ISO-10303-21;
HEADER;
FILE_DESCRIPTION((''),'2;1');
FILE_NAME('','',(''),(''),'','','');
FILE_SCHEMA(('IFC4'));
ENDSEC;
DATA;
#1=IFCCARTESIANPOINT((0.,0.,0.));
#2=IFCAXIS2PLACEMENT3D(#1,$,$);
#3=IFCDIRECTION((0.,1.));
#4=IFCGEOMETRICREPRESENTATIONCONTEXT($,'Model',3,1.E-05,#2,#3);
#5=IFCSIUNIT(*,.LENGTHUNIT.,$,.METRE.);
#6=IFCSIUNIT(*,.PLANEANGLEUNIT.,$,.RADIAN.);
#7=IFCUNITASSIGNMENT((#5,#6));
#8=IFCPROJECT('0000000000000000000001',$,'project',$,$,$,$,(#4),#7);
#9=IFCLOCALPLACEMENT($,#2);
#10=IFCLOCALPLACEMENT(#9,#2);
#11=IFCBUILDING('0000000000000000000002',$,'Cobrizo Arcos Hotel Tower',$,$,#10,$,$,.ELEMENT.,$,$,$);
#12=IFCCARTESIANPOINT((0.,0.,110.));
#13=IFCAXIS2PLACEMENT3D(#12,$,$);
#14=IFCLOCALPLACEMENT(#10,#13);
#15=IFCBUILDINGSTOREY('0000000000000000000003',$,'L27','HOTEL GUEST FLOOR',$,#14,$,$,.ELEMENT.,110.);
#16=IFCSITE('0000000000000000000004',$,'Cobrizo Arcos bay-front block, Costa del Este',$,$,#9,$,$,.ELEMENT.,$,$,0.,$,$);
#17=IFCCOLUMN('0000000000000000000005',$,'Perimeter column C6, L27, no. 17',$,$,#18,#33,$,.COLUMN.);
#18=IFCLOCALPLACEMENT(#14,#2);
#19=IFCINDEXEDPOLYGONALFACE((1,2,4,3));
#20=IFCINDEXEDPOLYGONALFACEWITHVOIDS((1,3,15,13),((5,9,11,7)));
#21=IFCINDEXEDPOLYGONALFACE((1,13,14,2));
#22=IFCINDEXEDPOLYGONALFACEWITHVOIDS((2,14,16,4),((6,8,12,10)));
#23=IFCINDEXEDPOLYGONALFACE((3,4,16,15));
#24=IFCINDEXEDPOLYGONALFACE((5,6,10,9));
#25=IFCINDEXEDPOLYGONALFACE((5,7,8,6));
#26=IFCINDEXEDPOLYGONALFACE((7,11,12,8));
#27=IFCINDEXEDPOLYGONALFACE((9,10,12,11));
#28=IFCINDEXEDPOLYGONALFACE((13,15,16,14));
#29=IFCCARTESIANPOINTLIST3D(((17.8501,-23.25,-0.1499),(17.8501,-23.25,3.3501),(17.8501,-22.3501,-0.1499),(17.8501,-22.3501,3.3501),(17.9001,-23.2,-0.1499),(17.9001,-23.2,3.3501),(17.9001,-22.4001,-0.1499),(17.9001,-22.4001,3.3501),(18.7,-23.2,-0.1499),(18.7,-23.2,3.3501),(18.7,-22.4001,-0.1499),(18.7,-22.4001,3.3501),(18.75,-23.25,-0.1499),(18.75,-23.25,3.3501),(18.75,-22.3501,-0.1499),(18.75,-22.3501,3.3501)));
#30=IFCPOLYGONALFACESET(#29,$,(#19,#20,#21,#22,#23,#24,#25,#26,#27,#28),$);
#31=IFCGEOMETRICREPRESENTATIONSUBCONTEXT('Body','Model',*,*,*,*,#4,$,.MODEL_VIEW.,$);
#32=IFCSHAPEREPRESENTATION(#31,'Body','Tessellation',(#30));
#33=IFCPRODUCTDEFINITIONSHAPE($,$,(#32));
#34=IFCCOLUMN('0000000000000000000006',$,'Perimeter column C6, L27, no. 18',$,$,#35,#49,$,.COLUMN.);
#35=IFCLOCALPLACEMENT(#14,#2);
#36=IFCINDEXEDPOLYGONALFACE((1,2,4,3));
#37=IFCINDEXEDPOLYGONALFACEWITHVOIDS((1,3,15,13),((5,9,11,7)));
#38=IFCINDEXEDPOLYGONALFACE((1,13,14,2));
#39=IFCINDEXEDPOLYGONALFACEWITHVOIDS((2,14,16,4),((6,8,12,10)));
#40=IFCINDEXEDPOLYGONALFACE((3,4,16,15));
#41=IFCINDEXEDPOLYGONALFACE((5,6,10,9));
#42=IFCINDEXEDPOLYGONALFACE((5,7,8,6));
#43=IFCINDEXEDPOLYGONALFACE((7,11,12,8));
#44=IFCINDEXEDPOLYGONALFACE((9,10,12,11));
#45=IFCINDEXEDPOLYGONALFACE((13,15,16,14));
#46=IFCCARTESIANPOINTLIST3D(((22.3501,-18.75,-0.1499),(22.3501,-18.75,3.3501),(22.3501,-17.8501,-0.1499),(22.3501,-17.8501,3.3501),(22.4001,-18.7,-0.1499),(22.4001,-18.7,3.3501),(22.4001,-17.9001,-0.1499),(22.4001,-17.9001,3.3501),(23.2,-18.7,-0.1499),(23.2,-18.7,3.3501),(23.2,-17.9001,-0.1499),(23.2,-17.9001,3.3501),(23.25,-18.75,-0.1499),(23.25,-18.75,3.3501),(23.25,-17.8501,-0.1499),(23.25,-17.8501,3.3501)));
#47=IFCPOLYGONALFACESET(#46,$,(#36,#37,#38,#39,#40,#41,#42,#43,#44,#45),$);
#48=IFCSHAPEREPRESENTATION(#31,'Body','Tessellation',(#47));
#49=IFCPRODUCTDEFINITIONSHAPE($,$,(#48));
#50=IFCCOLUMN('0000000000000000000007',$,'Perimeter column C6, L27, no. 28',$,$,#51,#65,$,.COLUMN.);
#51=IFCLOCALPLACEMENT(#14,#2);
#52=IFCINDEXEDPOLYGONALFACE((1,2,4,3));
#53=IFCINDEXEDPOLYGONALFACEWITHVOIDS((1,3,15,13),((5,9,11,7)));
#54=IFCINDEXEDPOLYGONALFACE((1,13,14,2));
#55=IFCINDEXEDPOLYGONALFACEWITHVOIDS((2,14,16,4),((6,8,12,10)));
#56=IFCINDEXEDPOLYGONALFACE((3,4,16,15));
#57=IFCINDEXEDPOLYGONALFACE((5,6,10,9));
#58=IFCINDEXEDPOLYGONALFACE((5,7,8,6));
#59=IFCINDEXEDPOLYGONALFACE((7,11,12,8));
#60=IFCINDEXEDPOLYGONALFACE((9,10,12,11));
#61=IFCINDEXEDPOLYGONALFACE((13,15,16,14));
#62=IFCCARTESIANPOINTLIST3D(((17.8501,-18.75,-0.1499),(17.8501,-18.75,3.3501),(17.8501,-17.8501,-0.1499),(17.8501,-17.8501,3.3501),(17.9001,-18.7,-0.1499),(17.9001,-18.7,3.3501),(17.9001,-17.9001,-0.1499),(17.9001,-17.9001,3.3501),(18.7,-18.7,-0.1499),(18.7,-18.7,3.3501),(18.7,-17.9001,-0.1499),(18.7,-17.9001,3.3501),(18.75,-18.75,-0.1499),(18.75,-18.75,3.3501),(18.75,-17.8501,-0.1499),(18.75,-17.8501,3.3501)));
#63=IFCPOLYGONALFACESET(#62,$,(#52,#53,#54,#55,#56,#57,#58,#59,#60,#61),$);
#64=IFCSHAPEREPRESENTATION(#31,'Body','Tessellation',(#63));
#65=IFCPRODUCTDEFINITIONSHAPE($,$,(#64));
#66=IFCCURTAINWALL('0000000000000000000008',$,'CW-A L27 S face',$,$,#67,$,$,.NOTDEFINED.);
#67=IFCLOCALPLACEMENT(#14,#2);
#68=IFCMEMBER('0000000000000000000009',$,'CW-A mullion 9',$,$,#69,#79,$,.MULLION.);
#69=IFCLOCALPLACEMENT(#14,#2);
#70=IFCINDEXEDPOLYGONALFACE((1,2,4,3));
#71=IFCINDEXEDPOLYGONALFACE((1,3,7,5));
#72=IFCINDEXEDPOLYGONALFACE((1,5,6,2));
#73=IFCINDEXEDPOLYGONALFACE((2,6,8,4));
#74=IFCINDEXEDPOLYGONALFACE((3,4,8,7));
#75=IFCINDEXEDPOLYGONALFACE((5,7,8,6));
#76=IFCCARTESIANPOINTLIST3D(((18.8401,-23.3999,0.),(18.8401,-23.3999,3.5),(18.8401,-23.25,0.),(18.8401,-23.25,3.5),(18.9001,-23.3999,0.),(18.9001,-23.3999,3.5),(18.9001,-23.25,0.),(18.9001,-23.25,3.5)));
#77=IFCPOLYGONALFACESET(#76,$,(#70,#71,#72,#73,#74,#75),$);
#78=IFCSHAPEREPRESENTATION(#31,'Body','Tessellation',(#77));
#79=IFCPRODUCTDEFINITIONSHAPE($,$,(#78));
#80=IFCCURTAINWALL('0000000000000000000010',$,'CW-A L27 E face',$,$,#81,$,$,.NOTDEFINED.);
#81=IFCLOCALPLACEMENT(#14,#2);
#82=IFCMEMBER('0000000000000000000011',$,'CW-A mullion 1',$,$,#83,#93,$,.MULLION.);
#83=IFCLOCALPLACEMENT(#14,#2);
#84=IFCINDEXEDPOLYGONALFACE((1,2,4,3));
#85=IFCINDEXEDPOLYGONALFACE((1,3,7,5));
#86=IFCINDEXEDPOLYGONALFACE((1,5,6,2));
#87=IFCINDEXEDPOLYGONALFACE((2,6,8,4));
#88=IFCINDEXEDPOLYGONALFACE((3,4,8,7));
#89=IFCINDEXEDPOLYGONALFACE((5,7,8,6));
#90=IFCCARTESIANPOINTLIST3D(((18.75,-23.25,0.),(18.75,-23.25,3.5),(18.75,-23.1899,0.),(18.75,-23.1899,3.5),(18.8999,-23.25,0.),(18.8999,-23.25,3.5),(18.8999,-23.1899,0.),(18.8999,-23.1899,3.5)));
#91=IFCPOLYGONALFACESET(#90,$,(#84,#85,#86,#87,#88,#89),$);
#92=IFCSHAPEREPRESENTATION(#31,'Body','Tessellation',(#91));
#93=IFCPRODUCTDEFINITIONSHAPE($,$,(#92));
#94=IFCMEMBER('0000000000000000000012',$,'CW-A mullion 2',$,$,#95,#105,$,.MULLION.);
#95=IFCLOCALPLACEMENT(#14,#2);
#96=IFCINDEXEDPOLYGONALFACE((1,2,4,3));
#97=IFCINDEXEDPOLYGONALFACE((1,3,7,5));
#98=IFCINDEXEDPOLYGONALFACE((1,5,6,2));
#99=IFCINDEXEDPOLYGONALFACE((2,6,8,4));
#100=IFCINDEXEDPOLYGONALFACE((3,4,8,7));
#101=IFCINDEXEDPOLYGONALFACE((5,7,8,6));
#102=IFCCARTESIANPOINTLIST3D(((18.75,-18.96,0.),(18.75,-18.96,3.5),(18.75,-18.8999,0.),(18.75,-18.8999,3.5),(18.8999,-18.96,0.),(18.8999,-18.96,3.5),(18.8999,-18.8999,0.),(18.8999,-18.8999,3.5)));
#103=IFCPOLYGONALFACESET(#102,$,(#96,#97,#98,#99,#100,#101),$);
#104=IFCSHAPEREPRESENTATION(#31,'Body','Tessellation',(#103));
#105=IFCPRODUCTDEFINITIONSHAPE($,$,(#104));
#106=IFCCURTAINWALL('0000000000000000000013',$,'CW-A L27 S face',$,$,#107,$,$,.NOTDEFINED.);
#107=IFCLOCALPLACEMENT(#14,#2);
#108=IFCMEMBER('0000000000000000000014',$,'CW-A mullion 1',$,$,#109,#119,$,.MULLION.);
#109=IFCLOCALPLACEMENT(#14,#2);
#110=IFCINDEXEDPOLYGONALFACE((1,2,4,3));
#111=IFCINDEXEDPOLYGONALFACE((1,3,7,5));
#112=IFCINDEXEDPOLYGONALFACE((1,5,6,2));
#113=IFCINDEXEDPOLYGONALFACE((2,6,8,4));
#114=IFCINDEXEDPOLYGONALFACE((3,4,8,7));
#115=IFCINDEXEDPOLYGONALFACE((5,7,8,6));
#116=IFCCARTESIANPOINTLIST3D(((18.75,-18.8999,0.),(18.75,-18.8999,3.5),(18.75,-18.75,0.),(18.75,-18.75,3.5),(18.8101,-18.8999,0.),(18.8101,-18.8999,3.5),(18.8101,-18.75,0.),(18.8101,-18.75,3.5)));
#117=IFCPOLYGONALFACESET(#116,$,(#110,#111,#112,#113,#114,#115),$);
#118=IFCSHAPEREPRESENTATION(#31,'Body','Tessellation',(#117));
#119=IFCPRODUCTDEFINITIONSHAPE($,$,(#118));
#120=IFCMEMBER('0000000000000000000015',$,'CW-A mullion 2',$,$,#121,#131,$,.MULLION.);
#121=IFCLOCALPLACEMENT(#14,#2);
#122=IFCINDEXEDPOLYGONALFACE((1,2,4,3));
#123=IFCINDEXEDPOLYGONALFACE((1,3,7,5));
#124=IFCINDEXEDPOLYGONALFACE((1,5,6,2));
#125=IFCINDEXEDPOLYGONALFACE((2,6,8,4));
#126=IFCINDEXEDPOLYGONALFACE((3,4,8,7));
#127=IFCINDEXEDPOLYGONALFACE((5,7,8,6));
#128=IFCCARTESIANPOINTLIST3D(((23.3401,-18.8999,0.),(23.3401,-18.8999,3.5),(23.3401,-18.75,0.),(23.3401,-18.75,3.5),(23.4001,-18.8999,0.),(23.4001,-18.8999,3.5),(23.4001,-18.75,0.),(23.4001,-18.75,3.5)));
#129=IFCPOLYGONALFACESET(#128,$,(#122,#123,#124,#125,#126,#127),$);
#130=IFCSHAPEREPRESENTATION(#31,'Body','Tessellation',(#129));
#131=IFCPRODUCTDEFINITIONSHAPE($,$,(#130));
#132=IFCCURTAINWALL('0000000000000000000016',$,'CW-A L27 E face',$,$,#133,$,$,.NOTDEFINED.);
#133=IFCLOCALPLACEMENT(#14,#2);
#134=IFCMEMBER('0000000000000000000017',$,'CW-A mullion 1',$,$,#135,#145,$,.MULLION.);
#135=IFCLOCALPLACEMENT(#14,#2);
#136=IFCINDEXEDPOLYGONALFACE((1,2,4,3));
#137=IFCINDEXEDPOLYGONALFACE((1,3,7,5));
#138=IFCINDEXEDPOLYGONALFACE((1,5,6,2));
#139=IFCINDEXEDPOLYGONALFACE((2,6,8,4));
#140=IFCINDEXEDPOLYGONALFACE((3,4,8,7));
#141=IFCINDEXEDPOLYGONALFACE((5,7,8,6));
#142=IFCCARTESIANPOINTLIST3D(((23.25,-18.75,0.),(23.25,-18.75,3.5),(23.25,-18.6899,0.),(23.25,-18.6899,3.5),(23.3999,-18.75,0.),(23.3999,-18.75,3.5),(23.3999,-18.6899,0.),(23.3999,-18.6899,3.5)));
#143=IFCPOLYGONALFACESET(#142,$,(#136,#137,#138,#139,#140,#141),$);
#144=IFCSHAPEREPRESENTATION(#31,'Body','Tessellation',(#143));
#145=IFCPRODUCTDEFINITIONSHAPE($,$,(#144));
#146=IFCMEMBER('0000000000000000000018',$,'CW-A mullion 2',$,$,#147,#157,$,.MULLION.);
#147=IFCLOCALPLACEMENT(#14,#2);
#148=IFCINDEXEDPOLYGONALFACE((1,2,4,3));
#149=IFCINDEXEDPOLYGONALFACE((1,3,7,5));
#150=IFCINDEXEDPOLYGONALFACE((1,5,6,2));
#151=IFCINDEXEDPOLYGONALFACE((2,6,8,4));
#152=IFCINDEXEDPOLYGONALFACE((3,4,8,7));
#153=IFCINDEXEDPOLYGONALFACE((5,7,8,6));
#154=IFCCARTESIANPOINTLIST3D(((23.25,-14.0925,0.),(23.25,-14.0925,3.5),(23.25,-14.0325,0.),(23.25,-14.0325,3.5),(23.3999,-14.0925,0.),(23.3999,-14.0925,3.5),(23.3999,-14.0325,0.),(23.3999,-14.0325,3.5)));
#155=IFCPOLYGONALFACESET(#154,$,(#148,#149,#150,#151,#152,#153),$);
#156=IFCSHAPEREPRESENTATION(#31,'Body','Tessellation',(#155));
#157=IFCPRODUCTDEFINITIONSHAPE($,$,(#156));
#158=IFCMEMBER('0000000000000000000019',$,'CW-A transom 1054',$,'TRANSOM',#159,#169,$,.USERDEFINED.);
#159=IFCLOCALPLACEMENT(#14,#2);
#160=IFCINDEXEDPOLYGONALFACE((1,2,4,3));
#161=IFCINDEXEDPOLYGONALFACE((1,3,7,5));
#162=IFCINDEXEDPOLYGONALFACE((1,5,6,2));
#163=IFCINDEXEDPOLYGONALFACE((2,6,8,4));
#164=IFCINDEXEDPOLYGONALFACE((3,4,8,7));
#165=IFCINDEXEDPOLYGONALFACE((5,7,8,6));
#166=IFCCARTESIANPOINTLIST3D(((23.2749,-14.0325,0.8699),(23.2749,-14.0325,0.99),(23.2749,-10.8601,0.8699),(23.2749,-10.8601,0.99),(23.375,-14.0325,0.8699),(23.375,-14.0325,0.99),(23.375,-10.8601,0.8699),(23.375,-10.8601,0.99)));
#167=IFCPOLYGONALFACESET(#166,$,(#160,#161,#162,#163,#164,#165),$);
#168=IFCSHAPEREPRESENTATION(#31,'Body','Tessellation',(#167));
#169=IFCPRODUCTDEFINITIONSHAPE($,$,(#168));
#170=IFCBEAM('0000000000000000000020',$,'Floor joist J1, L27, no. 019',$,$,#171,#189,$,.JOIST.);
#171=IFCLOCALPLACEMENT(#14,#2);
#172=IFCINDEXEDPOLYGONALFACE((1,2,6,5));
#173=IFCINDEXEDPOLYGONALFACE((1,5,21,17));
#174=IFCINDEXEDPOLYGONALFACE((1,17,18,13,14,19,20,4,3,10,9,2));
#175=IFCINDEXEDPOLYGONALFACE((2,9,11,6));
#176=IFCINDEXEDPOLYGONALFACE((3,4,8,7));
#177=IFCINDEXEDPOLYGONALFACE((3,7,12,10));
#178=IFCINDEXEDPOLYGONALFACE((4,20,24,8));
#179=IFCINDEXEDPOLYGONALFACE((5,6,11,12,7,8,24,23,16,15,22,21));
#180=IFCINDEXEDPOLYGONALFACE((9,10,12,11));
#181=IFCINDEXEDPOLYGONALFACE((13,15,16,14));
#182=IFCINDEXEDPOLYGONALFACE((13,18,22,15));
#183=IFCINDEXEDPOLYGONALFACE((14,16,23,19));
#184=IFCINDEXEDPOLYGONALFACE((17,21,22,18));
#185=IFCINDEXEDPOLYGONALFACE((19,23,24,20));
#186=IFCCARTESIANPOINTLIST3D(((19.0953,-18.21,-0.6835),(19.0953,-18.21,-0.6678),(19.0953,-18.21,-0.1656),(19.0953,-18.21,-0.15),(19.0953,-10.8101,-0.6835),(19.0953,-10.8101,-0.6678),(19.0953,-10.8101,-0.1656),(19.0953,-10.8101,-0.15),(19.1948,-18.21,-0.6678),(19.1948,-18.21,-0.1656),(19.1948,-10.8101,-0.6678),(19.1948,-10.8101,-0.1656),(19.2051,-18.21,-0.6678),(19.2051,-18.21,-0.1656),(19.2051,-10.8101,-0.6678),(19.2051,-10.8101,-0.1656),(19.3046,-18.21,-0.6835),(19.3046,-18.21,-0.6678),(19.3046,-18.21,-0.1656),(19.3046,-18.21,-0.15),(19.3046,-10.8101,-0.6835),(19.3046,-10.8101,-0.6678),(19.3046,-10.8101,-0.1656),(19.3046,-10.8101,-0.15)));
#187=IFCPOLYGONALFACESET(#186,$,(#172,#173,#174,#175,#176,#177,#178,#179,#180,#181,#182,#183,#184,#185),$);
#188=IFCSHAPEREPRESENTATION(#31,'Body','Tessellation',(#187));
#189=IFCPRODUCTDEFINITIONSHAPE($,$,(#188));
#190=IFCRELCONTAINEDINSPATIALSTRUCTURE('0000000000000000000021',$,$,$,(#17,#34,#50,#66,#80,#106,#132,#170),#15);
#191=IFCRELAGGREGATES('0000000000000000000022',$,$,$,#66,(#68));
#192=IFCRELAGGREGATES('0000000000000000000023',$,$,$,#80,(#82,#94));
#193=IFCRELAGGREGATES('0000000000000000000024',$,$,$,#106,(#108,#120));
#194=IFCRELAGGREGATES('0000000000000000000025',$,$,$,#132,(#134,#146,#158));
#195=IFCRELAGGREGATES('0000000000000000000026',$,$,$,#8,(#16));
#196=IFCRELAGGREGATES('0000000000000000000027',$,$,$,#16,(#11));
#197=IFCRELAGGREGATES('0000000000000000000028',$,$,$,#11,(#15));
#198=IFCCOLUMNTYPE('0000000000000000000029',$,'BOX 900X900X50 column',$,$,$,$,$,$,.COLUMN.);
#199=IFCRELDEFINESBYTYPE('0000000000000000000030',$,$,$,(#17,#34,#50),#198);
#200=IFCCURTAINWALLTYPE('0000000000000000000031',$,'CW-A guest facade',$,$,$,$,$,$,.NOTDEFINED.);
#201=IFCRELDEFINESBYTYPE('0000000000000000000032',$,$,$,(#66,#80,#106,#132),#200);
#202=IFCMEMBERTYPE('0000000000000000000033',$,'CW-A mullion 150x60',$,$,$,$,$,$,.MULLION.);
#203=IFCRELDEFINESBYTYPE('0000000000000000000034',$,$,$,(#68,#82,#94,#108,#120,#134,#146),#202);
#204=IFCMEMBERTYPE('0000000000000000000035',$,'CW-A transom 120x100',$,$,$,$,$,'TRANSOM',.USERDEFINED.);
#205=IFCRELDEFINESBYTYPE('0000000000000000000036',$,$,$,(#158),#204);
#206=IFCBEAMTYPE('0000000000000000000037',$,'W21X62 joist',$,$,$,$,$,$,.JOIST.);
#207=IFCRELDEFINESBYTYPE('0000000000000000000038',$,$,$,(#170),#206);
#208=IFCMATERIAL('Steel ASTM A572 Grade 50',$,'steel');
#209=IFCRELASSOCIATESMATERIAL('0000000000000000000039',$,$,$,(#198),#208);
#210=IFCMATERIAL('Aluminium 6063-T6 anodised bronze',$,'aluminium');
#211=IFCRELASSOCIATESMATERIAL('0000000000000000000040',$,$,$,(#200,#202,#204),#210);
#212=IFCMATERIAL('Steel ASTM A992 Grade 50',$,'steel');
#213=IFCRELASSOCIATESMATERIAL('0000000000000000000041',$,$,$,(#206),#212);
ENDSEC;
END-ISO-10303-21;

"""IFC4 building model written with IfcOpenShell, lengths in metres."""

from ifc_helpers import new_model, si_unit, direction, frame, origin, origin_2d, place, context, subcontext, project, spatial, rectangle, hollow_rectangle, i_section, extrude, material, material_profile, profile_set, type_object, element, aggregate, save


model = new_model("IFC4")

# Units and contexts
model_context = context("Model", 3, precision=1e-05, world=origin(), true_north=direction((0.0, 1.0)))
body_context = subcontext(model_context, "Body", "Model", "MODEL_VIEW")
ifc_project = project(units=[si_unit("LENGTHUNIT", "METRE"), si_unit("PLANEANGLEUNIT", "RADIAN")], contexts=[model_context])

# Site, building, storey
site_placement = place(None, origin())
site = spatial("IfcSite", under=ifc_project, at=site_placement, Name="Cobrizo Arcos bay-front block, Costa del Este", CompositionType="ELEMENT", RefElevation=0.0)
building_placement = place(site_placement, origin())
building = spatial("IfcBuilding", under=site, at=building_placement, Name="Cobrizo Arcos Hotel Tower", CompositionType="ELEMENT")
storey_placement = place(building_placement, frame((0.0, 0.0, 110.0)))
storey = spatial("IfcBuildingStorey", under=building, at=storey_placement, Name="L27", Description="HOTEL GUEST FLOOR", CompositionType="ELEMENT", Elevation=110.0)

# Columns
ifc_material_1 = material(Name="Steel ASTM A572 Grade 50", Category="steel")
ifc_material_profile_1 = material_profile(ifc_material_1, hollow_rectangle(XDim=0.8999, YDim=0.8999, WallThickness=0.05, at=origin_2d()), Name="BOX 900X900X50")
ifc_profile_set_1 = profile_set([ifc_material_profile_1], Name="Steel ASTM A572 Grade 50")
column_type = type_object("IfcColumnType", Name="BOX 900X900X50 column", PredefinedType="COLUMN", material=ifc_profile_set_1)
for number, where, z_axis, x_axis, name in (
    (1, (18.3, -22.8, -0.1499), (0.0, 0.0, 1.0), (1.0, 0.0, 0.0), "Perimeter column C6, L27, no. 17"),
    (2, (22.8, -18.3, -0.1499), (0.0, 0.0, 1.0), (1.0, 0.0, 0.0), "Perimeter column C6, L27, no. 18"),
    (3, (18.3, -18.3, -0.1499), (0.0, 0.0, 1.0), (1.0, 0.0, 0.0), "Perimeter column C6, L27, no. 28"),
):
    element("IfcColumn", number, at=place(storey_placement, frame(where, z_axis=z_axis, x_axis=x_axis)), inside=storey, type_object=column_type, Name=name, PredefinedType="COLUMN", context=body_context, shape_type="SweptSolid", body=[
        extrude(hollow_rectangle(XDim=0.8999, YDim=0.8999, WallThickness=0.05, at=origin_2d()), origin(), (0.0, 0.0, 1.0), 3.5),
    ])

# Curtain wall, member
ifc_material_2 = material(Name="Aluminium 6063-T6 anodised bronze", Category="aluminium")
curtain_wall_type = type_object("IfcCurtainWallType", Name="CW-A guest facade", PredefinedType="NOTDEFINED", material=ifc_material_2)
curtain_wall_1_placement = place(storey_placement, origin())
curtain_wall_1 = element("IfcCurtainWall", 4, at=curtain_wall_1_placement, inside=storey, type_object=curtain_wall_type, Name="CW-A L27 S face", PredefinedType="NOTDEFINED")
ifc_material_profile_2 = material_profile(ifc_material_2, rectangle(XDim=0.1499, YDim=0.0601, at=origin_2d()), Name="CW-A mullion 150x60")
ifc_profile_set_2 = profile_set([ifc_material_profile_2], Name="Aluminium 6063-T6 anodised bronze")
member_type_1 = type_object("IfcMemberType", Name="CW-A mullion 150x60", PredefinedType="MULLION", material=ifc_profile_set_2)
member_1_placement = place(storey_placement, frame((18.8701, -23.325, 0.0), z_axis=(0.0, 0.0, 1.0), x_axis=(0.0, -1.0, 0.0)))
member_1 = element("IfcMember", 5, at=member_1_placement, type_object=member_type_1, Name="CW-A mullion 9", PredefinedType="MULLION", context=body_context, shape_type="SweptSolid", body=[
    extrude(rectangle(XDim=0.1499, YDim=0.0601, at=origin_2d()), origin(), (0.0, 0.0, 1.0), 3.5),
])

# Curtain walls, members
curtain_wall_2_placement = place(storey_placement, origin())
curtain_wall_2 = element("IfcCurtainWall", 6, at=curtain_wall_2_placement, inside=storey, type_object=curtain_wall_type, Name="CW-A L27 E face", PredefinedType="NOTDEFINED")
member_2_placement = place(storey_placement, frame((18.825, -23.22, 0.0), z_axis=(0.0, 0.0, 1.0), x_axis=(1.0, 0.0, 0.0)))
member_2 = element("IfcMember", 7, at=member_2_placement, type_object=member_type_1, Name="CW-A mullion 1", PredefinedType="MULLION", context=body_context, shape_type="SweptSolid", body=[
    extrude(rectangle(XDim=0.1499, YDim=0.0601, at=origin_2d()), origin(), (0.0, 0.0, 1.0), 3.5),
])
member_3_placement = place(storey_placement, frame((18.825, -18.9299, 0.0), z_axis=(0.0, 0.0, 1.0), x_axis=(1.0, 0.0, 0.0)))
member_3 = element("IfcMember", 8, at=member_3_placement, type_object=member_type_1, Name="CW-A mullion 2", PredefinedType="MULLION", context=body_context, shape_type="SweptSolid", body=[
    extrude(rectangle(XDim=0.1499, YDim=0.0601, at=origin_2d()), origin(), (0.0, 0.0, 1.0), 3.5),
])
curtain_wall_3_placement = place(storey_placement, origin())
curtain_wall_3 = element("IfcCurtainWall", 9, at=curtain_wall_3_placement, inside=storey, type_object=curtain_wall_type, Name="CW-A L27 S face", PredefinedType="NOTDEFINED")
member_4_placement = place(storey_placement, frame((18.78, -18.825, 0.0), z_axis=(0.0, 0.0, 1.0), x_axis=(0.0, -1.0, 0.0)))
member_4 = element("IfcMember", 10, at=member_4_placement, type_object=member_type_1, Name="CW-A mullion 1", PredefinedType="MULLION", context=body_context, shape_type="SweptSolid", body=[
    extrude(rectangle(XDim=0.1499, YDim=0.0601, at=origin_2d()), origin(), (0.0, 0.0, 1.0), 3.5),
])
member_5_placement = place(storey_placement, frame((23.3701, -18.825, 0.0), z_axis=(0.0, 0.0, 1.0), x_axis=(0.0, -1.0, 0.0)))
member_5 = element("IfcMember", 11, at=member_5_placement, type_object=member_type_1, Name="CW-A mullion 2", PredefinedType="MULLION", context=body_context, shape_type="SweptSolid", body=[
    extrude(rectangle(XDim=0.1499, YDim=0.0601, at=origin_2d()), origin(), (0.0, 0.0, 1.0), 3.5),
])
curtain_wall_4_placement = place(storey_placement, origin())
curtain_wall_4 = element("IfcCurtainWall", 12, at=curtain_wall_4_placement, inside=storey, type_object=curtain_wall_type, Name="CW-A L27 E face", PredefinedType="NOTDEFINED")
member_6_placement = place(storey_placement, frame((23.325, -18.72, 0.0), z_axis=(0.0, 0.0, 1.0), x_axis=(1.0, 0.0, 0.0)))
member_6 = element("IfcMember", 13, at=member_6_placement, type_object=member_type_1, Name="CW-A mullion 1", PredefinedType="MULLION", context=body_context, shape_type="SweptSolid", body=[
    extrude(rectangle(XDim=0.1499, YDim=0.0601, at=origin_2d()), origin(), (0.0, 0.0, 1.0), 3.5),
])
member_7_placement = place(storey_placement, frame((23.325, -14.0625, 0.0), z_axis=(0.0, 0.0, 1.0), x_axis=(1.0, 0.0, 0.0)))
member_7 = element("IfcMember", 14, at=member_7_placement, type_object=member_type_1, Name="CW-A mullion 2", PredefinedType="MULLION", context=body_context, shape_type="SweptSolid", body=[
    extrude(rectangle(XDim=0.1499, YDim=0.0601, at=origin_2d()), origin(), (0.0, 0.0, 1.0), 3.5),
])
ifc_material_profile_3 = material_profile(ifc_material_2, rectangle(XDim=0.1001, YDim=0.1201, at=origin_2d()), Name="CW-A transom 120x100")
ifc_profile_set_3 = profile_set([ifc_material_profile_3], Name="Aluminium 6063-T6 anodised bronze")
member_type_2 = type_object("IfcMemberType", Name="CW-A transom 120x100", ElementType="TRANSOM", PredefinedType="USERDEFINED", material=ifc_profile_set_3)
member_8_placement = place(storey_placement, frame((23.325, -14.0325, 0.9299), z_axis=(0.0, 1.0, 0.0), x_axis=(-1.0, 0.0, 0.0)))
member_8 = element("IfcMember", 15, at=member_8_placement, type_object=member_type_2, Name="CW-A transom 1054", ObjectType="TRANSOM", PredefinedType="USERDEFINED", context=body_context, shape_type="SweptSolid", body=[
    extrude(rectangle(XDim=0.1001, YDim=0.1201, at=origin_2d()), origin(), (0.0, 0.0, 1.0), 3.1724),
])

# Beam
ifc_material_3 = material(Name="Steel ASTM A992 Grade 50", Category="steel")
ifc_material_profile_4 = material_profile(ifc_material_3, i_section(OverallWidth=0.2092, OverallDepth=0.5334, WebThickness=0.0103, FlangeThickness=0.0156, at=origin_2d()), Name="W21X62")
ifc_profile_set_4 = profile_set([ifc_material_profile_4], Name="Steel ASTM A992 Grade 50")
beam_type_1 = type_object("IfcBeamType", Name="W21X62 joist", PredefinedType="JOIST", material=ifc_profile_set_4)
beam_1_placement = place(storey_placement, frame((19.2, -18.21, -0.4167), z_axis=(0.0, 1.0, 0.0), x_axis=(-1.0, 0.0, 0.0)))
element("IfcBeam", 16, at=beam_1_placement, inside=storey, type_object=beam_type_1, Name="Floor joist J1, L27, no. 019", PredefinedType="JOIST", context=body_context, shape_type="SweptSolid", body=[
    extrude(i_section(OverallWidth=0.2092, OverallDepth=0.5334, WebThickness=0.0103, FlangeThickness=0.0156, at=origin_2d()), origin(), (0.0, 0.0, 1.0), 7.3999),
])

aggregate(curtain_wall_1, [member_1])
aggregate(curtain_wall_2, [member_2, member_3])
aggregate(curtain_wall_3, [member_4, member_5])
aggregate(curtain_wall_4, [member_6, member_7, member_8])

save(model, "model.ifc")
